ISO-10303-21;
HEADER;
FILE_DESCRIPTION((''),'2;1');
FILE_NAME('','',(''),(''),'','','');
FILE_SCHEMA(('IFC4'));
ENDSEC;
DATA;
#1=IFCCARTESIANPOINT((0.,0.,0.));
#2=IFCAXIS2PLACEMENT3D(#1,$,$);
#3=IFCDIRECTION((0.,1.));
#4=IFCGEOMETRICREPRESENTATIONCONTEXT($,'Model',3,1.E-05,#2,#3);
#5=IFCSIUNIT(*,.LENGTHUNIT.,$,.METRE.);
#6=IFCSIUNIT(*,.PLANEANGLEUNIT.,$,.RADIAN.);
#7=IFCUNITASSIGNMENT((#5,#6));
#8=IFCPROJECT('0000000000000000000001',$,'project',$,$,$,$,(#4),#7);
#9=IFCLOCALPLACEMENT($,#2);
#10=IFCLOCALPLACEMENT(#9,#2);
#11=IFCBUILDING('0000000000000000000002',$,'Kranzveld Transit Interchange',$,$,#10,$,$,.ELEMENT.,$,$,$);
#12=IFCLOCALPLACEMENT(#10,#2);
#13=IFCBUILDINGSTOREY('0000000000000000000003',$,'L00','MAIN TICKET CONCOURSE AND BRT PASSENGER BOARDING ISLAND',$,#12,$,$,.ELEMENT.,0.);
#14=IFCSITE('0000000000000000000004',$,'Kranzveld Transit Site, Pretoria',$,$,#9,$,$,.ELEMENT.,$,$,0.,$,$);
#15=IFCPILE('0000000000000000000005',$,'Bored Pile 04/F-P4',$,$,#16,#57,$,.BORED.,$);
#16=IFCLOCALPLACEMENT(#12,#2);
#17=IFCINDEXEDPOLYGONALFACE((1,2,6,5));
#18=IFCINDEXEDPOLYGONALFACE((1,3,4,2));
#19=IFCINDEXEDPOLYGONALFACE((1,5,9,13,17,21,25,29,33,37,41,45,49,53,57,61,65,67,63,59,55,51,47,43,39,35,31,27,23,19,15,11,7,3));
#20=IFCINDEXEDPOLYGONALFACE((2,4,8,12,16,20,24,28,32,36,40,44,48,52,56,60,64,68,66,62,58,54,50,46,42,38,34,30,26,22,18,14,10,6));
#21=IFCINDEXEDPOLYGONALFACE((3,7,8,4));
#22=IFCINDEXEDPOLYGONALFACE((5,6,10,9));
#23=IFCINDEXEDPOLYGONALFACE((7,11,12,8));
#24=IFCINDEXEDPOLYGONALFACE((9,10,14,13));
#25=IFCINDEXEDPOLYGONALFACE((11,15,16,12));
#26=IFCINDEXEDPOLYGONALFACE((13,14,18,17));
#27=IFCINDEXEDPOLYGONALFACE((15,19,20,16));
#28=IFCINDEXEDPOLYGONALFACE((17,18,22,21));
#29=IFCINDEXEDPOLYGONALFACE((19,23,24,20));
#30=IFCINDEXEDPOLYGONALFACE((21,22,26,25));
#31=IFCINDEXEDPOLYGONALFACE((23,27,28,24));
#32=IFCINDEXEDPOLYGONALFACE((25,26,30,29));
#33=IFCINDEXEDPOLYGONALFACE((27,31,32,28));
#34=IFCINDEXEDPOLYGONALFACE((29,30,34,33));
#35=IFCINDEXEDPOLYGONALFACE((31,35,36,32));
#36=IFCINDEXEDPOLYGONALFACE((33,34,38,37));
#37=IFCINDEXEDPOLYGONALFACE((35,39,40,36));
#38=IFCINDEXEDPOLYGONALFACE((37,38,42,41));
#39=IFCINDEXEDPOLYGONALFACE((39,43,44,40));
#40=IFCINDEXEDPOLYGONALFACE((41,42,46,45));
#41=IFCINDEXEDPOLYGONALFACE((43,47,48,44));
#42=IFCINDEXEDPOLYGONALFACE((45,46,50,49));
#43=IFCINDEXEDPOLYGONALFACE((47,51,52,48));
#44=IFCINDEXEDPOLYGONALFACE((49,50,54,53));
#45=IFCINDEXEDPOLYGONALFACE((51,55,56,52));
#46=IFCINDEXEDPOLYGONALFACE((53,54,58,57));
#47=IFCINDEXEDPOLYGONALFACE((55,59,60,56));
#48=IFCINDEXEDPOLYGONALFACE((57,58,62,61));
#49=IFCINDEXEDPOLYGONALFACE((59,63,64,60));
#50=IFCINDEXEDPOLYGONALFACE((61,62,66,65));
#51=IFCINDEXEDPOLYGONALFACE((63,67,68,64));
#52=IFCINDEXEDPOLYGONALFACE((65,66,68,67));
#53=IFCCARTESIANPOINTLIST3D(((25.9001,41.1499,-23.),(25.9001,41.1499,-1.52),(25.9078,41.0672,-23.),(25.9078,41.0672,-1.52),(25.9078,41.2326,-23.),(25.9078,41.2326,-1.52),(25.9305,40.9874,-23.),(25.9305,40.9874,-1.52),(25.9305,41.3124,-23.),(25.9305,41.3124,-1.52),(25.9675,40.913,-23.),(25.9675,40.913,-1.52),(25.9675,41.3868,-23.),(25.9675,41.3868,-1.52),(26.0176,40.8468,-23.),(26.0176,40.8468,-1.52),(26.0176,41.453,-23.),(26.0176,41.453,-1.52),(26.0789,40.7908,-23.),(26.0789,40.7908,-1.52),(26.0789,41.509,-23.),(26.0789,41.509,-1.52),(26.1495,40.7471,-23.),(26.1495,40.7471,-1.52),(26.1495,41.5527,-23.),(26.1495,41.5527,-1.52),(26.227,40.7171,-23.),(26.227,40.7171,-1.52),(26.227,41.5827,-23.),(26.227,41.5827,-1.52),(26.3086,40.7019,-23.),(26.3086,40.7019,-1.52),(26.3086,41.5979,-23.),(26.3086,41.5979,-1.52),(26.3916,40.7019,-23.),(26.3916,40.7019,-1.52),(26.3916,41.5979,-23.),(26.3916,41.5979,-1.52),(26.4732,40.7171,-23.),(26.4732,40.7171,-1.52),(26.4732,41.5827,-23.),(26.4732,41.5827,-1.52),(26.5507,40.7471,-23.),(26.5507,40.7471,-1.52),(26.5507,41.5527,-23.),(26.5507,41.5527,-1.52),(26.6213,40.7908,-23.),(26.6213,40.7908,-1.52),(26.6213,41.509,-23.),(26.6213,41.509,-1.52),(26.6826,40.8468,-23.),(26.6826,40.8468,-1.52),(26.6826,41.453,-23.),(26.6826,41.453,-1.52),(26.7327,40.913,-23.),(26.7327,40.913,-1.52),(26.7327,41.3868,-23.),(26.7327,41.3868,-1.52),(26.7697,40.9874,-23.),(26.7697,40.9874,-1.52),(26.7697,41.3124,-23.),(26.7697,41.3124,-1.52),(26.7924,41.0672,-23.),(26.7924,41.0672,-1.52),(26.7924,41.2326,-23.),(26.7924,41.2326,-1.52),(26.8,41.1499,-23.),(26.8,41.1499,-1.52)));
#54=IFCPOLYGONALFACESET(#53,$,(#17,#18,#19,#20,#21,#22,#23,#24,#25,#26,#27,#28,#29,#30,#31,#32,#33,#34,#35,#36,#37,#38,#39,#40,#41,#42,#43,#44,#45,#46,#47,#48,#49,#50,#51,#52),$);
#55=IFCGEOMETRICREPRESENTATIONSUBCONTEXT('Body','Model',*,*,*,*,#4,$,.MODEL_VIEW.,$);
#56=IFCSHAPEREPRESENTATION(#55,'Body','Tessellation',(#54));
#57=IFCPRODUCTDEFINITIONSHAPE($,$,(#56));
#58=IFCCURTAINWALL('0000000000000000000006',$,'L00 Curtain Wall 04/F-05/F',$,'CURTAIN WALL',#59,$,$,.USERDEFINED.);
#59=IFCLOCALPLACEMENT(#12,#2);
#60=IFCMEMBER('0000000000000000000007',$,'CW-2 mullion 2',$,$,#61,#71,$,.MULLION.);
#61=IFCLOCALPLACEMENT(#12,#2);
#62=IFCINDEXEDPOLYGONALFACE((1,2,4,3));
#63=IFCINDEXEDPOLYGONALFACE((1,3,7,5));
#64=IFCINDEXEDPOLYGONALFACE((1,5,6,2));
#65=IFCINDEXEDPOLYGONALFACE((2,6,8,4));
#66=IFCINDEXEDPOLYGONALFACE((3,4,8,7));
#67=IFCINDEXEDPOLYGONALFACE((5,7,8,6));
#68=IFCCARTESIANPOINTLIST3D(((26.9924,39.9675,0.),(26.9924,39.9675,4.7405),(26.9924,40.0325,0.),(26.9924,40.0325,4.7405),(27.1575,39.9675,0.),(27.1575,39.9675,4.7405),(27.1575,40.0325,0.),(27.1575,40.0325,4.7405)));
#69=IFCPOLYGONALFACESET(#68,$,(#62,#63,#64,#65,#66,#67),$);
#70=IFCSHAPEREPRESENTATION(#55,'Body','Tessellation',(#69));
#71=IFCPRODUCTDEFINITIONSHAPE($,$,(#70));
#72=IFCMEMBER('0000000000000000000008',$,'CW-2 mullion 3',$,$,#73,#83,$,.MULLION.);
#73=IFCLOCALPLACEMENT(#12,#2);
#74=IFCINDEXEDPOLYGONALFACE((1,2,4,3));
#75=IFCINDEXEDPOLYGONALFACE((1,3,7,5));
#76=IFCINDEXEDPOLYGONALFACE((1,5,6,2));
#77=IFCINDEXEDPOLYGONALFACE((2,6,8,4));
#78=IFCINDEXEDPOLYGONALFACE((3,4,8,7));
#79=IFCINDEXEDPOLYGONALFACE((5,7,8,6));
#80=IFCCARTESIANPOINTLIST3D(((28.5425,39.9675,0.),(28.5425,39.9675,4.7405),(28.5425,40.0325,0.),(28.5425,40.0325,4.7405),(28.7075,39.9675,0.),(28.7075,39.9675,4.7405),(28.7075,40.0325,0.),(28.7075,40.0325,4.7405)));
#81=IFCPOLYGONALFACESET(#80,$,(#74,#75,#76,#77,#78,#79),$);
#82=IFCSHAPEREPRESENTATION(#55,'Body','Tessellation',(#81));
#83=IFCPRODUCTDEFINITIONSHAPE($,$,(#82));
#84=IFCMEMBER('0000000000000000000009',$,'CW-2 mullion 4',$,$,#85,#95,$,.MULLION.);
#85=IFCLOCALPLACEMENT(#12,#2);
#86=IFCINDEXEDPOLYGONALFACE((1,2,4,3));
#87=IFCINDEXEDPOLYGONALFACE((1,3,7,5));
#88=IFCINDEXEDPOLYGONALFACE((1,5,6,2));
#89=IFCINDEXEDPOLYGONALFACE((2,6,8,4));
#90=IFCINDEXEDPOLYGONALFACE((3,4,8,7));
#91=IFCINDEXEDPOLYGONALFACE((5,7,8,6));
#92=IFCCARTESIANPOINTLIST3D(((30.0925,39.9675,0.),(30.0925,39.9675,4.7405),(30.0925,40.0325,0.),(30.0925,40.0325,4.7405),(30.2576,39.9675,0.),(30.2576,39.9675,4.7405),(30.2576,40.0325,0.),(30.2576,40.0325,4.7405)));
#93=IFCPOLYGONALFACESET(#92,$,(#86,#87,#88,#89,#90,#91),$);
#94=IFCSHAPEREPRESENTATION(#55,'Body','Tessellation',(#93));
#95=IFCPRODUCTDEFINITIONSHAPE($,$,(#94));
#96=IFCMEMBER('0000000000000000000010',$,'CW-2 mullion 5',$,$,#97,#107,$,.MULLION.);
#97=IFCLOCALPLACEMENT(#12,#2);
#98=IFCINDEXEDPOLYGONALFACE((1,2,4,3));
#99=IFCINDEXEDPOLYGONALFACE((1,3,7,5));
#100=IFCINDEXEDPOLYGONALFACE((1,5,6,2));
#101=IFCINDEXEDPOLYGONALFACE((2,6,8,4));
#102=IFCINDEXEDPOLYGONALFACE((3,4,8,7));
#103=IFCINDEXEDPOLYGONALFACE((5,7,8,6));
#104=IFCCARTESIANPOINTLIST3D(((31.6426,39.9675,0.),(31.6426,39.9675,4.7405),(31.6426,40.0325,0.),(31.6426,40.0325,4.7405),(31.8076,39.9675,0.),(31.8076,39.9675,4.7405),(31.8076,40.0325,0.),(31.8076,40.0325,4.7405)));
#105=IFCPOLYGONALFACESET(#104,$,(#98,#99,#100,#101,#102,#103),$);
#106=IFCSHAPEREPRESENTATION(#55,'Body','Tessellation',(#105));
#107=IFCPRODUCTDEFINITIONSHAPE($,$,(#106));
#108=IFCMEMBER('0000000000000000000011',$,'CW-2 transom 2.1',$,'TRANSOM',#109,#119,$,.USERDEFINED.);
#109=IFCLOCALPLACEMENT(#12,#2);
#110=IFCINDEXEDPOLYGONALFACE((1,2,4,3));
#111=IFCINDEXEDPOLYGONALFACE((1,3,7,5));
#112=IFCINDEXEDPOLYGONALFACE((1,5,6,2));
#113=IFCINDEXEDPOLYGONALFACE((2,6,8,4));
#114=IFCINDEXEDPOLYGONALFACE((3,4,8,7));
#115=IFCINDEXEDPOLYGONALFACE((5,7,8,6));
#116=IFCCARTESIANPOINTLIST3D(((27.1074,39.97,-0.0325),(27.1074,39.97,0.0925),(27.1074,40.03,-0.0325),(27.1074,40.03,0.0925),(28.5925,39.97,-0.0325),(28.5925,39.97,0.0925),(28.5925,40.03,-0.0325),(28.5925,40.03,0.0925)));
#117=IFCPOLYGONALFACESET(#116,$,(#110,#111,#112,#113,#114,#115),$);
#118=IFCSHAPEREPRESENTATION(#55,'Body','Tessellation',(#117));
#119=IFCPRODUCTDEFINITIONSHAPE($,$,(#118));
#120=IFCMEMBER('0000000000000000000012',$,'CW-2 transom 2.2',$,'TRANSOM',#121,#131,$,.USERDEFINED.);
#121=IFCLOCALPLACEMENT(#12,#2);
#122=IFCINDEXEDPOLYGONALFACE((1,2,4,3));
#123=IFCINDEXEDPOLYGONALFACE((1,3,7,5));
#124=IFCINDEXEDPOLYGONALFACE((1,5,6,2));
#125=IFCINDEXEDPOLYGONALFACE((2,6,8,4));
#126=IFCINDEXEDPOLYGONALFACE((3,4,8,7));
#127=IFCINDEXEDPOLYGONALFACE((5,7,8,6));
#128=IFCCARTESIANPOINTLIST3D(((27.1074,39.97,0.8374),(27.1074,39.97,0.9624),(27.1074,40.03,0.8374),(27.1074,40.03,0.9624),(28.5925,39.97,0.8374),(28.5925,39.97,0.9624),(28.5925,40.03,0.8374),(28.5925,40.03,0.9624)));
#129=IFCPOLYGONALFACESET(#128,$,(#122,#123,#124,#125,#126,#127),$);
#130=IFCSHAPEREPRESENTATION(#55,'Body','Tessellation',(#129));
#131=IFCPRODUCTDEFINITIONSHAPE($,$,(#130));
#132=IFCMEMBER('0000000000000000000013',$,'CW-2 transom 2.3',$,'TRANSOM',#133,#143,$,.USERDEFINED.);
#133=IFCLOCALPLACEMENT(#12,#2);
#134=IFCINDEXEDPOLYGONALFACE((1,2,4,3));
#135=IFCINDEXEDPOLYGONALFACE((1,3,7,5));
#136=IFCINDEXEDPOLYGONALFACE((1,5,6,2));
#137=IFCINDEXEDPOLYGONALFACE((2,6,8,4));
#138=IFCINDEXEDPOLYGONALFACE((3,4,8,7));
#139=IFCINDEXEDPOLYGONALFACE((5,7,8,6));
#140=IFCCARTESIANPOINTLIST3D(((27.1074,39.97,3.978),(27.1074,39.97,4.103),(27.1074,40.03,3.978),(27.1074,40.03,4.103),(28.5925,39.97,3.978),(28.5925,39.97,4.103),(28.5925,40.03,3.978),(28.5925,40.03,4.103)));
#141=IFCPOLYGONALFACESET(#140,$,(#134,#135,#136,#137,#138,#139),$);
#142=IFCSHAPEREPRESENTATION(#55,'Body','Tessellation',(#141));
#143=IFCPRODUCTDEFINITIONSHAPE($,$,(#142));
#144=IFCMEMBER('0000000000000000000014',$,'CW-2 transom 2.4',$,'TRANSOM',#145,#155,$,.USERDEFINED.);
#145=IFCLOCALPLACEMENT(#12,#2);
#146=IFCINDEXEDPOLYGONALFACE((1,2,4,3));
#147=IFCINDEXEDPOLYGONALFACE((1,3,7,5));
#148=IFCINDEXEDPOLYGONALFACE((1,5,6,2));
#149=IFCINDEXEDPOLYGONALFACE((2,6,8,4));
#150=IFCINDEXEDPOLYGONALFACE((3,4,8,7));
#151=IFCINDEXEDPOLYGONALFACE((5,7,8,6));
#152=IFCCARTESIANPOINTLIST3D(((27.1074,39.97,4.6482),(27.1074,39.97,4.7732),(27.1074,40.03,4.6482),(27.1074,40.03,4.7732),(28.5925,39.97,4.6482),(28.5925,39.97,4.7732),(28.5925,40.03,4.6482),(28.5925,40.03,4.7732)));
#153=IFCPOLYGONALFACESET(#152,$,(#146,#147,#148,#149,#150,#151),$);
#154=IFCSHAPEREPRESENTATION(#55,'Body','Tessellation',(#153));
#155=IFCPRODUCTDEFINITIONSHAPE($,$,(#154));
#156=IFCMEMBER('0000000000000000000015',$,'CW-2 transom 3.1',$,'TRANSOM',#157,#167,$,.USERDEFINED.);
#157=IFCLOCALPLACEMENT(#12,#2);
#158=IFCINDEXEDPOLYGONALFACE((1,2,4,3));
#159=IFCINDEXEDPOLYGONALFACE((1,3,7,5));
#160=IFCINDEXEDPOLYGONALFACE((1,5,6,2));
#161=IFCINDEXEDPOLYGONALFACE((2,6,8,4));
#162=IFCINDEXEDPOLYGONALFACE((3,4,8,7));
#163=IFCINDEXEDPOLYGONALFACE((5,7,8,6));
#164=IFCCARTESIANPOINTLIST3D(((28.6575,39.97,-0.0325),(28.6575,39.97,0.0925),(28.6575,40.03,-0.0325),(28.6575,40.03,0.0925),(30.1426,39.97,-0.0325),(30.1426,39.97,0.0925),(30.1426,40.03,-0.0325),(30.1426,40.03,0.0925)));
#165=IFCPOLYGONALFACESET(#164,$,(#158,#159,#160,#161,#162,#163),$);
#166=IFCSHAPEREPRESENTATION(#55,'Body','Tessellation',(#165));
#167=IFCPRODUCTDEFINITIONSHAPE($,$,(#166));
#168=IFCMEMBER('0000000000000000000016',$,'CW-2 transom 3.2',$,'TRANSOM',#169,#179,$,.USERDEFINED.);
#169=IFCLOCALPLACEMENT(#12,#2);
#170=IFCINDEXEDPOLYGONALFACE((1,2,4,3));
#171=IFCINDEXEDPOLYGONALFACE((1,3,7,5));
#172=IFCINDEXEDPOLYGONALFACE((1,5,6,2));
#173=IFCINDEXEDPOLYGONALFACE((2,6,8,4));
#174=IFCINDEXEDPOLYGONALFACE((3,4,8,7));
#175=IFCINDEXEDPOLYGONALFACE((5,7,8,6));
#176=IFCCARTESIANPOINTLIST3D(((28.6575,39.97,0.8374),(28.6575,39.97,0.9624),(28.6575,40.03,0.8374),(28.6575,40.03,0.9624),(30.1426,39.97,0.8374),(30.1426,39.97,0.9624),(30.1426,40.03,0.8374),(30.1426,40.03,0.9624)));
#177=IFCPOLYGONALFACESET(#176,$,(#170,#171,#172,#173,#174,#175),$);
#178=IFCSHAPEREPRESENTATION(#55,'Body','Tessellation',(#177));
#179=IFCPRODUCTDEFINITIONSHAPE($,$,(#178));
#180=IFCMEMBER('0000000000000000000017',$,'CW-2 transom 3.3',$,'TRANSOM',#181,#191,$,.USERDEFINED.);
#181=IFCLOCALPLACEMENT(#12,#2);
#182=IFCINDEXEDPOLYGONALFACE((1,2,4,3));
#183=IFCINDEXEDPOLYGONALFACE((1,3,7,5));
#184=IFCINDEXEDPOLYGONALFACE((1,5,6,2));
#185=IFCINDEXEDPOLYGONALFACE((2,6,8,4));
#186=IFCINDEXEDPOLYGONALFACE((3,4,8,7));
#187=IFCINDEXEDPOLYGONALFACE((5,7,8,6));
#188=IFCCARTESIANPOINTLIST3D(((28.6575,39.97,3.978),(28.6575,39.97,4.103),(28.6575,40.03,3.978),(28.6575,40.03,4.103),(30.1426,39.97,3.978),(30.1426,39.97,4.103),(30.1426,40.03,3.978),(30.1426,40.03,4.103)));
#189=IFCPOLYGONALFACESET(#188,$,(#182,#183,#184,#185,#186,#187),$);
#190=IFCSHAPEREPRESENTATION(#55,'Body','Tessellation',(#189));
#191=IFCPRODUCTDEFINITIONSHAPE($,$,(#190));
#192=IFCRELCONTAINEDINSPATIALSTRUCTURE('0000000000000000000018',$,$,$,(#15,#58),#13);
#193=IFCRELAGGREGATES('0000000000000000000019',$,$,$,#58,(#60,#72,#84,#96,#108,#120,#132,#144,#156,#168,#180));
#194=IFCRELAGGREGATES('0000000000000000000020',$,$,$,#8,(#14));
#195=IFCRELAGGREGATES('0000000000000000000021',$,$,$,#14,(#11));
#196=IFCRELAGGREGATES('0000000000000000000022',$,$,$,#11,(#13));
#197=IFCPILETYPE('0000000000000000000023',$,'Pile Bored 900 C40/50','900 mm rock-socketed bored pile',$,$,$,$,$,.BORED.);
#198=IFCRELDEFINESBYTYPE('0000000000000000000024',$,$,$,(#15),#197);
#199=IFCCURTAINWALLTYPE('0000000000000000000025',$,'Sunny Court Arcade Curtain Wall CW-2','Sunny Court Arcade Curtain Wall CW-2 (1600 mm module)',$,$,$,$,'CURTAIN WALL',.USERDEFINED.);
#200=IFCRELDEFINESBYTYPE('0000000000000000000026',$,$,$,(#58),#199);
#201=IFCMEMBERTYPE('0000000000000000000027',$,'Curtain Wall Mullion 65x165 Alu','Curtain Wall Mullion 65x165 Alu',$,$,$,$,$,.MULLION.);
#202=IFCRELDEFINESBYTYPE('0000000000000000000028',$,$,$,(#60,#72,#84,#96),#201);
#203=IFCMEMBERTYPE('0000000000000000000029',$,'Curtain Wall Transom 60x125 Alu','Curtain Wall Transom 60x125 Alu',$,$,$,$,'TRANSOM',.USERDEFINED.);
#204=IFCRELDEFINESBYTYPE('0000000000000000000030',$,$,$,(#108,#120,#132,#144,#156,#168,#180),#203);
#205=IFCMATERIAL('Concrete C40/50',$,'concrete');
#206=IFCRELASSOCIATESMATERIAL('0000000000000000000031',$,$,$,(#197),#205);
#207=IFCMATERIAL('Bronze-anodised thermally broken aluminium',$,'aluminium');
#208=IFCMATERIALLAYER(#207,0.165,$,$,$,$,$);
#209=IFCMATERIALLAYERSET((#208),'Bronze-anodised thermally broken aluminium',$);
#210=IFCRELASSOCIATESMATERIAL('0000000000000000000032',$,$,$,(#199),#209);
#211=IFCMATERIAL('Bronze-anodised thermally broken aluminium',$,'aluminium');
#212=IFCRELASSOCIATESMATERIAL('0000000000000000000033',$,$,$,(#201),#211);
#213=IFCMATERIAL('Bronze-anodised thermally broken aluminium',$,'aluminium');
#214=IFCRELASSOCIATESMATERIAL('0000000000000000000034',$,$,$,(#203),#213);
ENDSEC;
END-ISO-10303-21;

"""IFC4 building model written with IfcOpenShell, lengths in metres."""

from ifc_helpers import new_model, si_unit, direction, frame, origin, origin_2d, place, context, subcontext, project, spatial, rectangle, circle, extrude, material, layer, layer_set, material_profile, profile_set, type_object, element, aggregate, save


model = new_model("IFC4")

# Units and contexts
model_context = context("Model", 3, precision=1e-05, world=origin(), true_north=direction((0.0, 1.0)))
body_context = subcontext(model_context, "Body", "Model", "MODEL_VIEW")
ifc_project = project(units=[si_unit("LENGTHUNIT", "METRE"), si_unit("PLANEANGLEUNIT", "RADIAN")], contexts=[model_context])

# Site, building, storey
site_placement = place(None, origin())
site = spatial("IfcSite", under=ifc_project, at=site_placement, Name="Kranzveld Transit Site, Pretoria", CompositionType="ELEMENT", RefElevation=0.0)
building_placement = place(site_placement, origin())
building = spatial("IfcBuilding", under=site, at=building_placement, Name="Kranzveld Transit Interchange", CompositionType="ELEMENT")
storey_placement = place(building_placement, origin())
storey = spatial("IfcBuildingStorey", under=building, at=storey_placement, Name="L00", Description="MAIN TICKET CONCOURSE AND BRT PASSENGER BOARDING ISLAND", CompositionType="ELEMENT", Elevation=0.0)

# Pile
ifc_material_1 = material(Name="Concrete C40/50", Category="concrete")
ifc_material_profile_1 = material_profile(ifc_material_1, circle(Radius=0.45, at=origin_2d()), Name="BORED PILE 900")
ifc_profile_set_1 = profile_set([ifc_material_profile_1], Name="Concrete C40/50")
pile_type = type_object("IfcPileType", Name="Pile Bored 900 C40/50", Description="900 mm rock-socketed bored pile", PredefinedType="BORED", material=ifc_profile_set_1)
pile_placement = place(storey_placement, frame((26.3501, 41.1499, -1.52), z_axis=(0.0, 0.0, -1.0), x_axis=(1.0, 0.0, 0.0)))
element("IfcPile", 1, at=pile_placement, inside=storey, type_object=pile_type, Name="Bored Pile 04/F-P4", PredefinedType="BORED", context=body_context, shape_type="SweptSolid", body=[
    extrude(circle(Radius=0.45, at=origin_2d()), origin(), (0.0, 0.0, 1.0), 21.48),
])

# Curtain wall, members
ifc_material_2 = material(Name="Bronze-anodised thermally broken aluminium", Category="aluminium")
ifc_layer_1 = layer(ifc_material_2, 0.165)
ifc_layer_set_1 = layer_set([ifc_layer_1], Name="Bronze-anodised thermally broken aluminium")
curtain_wall_type = type_object("IfcCurtainWallType", Name="Sunny Court Arcade Curtain Wall CW-2", Description="Sunny Court Arcade Curtain Wall CW-2 (1600 mm module)", ElementType="CURTAIN WALL", PredefinedType="USERDEFINED", material=ifc_layer_set_1)
curtain_wall_placement = place(storey_placement, origin())
curtain_wall = element("IfcCurtainWall", 2, at=curtain_wall_placement, inside=storey, type_object=curtain_wall_type, Name="L00 Curtain Wall 04/F-05/F", ObjectType="CURTAIN WALL", PredefinedType="USERDEFINED")
ifc_material_3 = material(Name="Bronze-anodised thermally broken aluminium", Category="aluminium")
ifc_material_profile_2 = material_profile(ifc_material_3, rectangle(XDim=0.0649, YDim=0.165, at=origin_2d()), Name="ALU MULLION 65x165")
ifc_profile_set_2 = profile_set([ifc_material_profile_2], Name="Bronze-anodised thermally broken aluminium")
member_type_1 = type_object("IfcMemberType", Name="Curtain Wall Mullion 65x165 Alu", Description="Curtain Wall Mullion 65x165 Alu", PredefinedType="MULLION", material=ifc_profile_set_2)
member_1_placement = place(storey_placement, frame((27.075, 40.0, 0.0), z_axis=(0.0, 0.0, 1.0), x_axis=(0.0, 1.0, 0.0)))
member_1 = element("IfcMember", 3, at=member_1_placement, type_object=member_type_1, Name="CW-2 mullion 2", PredefinedType="MULLION", context=body_context, shape_type="SweptSolid", body=[
    extrude(rectangle(XDim=0.0649, YDim=0.165, at=origin_2d()), origin(), (0.0, 0.0, 1.0), 4.7405),
])
member_2_placement = place(storey_placement, frame((28.625, 40.0, 0.0), z_axis=(0.0, 0.0, 1.0), x_axis=(0.0, 1.0, 0.0)))
member_2 = element("IfcMember", 4, at=member_2_placement, type_object=member_type_1, Name="CW-2 mullion 3", PredefinedType="MULLION", context=body_context, shape_type="SweptSolid", body=[
    extrude(rectangle(XDim=0.0649, YDim=0.165, at=origin_2d()), origin(), (0.0, 0.0, 1.0), 4.7405),
])
member_3_placement = place(storey_placement, frame((30.175, 40.0, 0.0), z_axis=(0.0, 0.0, 1.0), x_axis=(0.0, 1.0, 0.0)))
member_3 = element("IfcMember", 5, at=member_3_placement, type_object=member_type_1, Name="CW-2 mullion 4", PredefinedType="MULLION", context=body_context, shape_type="SweptSolid", body=[
    extrude(rectangle(XDim=0.0649, YDim=0.165, at=origin_2d()), origin(), (0.0, 0.0, 1.0), 4.7405),
])
member_4_placement = place(storey_placement, frame((31.7251, 40.0, 0.0), z_axis=(0.0, 0.0, 1.0), x_axis=(0.0, 1.0, 0.0)))
member_4 = element("IfcMember", 6, at=member_4_placement, type_object=member_type_1, Name="CW-2 mullion 5", PredefinedType="MULLION", context=body_context, shape_type="SweptSolid", body=[
    extrude(rectangle(XDim=0.0649, YDim=0.165, at=origin_2d()), origin(), (0.0, 0.0, 1.0), 4.7405),
])
ifc_material_4 = material(Name="Bronze-anodised thermally broken aluminium", Category="aluminium")
ifc_material_profile_3 = material_profile(ifc_material_4, rectangle(XDim=0.0601, YDim=0.125, at=origin_2d()), Name="ALU TRANSOM 60x125")
ifc_profile_set_3 = profile_set([ifc_material_profile_3], Name="Bronze-anodised thermally broken aluminium")
member_type_2 = type_object("IfcMemberType", Name="Curtain Wall Transom 60x125 Alu", Description="Curtain Wall Transom 60x125 Alu", ElementType="TRANSOM", PredefinedType="USERDEFINED", material=ifc_profile_set_3)
member_5_placement = place(storey_placement, frame((27.1074, 40.0, 0.03), z_axis=(1.0, 0.0, 0.0), x_axis=(0.0, 1.0, 0.0)))
member_5 = element("IfcMember", 7, at=member_5_placement, type_object=member_type_2, Name="CW-2 transom 2.1", ObjectType="TRANSOM", PredefinedType="USERDEFINED", context=body_context, shape_type="SweptSolid", body=[
    extrude(rectangle(XDim=0.0601, YDim=0.125, at=origin_2d()), origin(), (0.0, 0.0, 1.0), 1.4851),
])
member_6_placement = place(storey_placement, frame((27.1074, 40.0, 0.8999), z_axis=(1.0, 0.0, 0.0), x_axis=(0.0, 1.0, 0.0)))
member_6 = element("IfcMember", 8, at=member_6_placement, type_object=member_type_2, Name="CW-2 transom 2.2", ObjectType="TRANSOM", PredefinedType="USERDEFINED", context=body_context, shape_type="SweptSolid", body=[
    extrude(rectangle(XDim=0.0601, YDim=0.125, at=origin_2d()), origin(), (0.0, 0.0, 1.0), 1.4851),
])
member_7_placement = place(storey_placement, frame((27.1074, 40.0, 4.0405), z_axis=(1.0, 0.0, 0.0), x_axis=(0.0, 1.0, 0.0)))
member_7 = element("IfcMember", 9, at=member_7_placement, type_object=member_type_2, Name="CW-2 transom 2.3", ObjectType="TRANSOM", PredefinedType="USERDEFINED", context=body_context, shape_type="SweptSolid", body=[
    extrude(rectangle(XDim=0.0601, YDim=0.125, at=origin_2d()), origin(), (0.0, 0.0, 1.0), 1.4851),
])
member_8_placement = place(storey_placement, frame((27.1074, 40.0, 4.7107), z_axis=(1.0, 0.0, 0.0), x_axis=(0.0, 1.0, 0.0)))
member_8 = element("IfcMember", 10, at=member_8_placement, type_object=member_type_2, Name="CW-2 transom 2.4", ObjectType="TRANSOM", PredefinedType="USERDEFINED", context=body_context, shape_type="SweptSolid", body=[
    extrude(rectangle(XDim=0.0601, YDim=0.125, at=origin_2d()), origin(), (0.0, 0.0, 1.0), 1.4851),
])
member_9_placement = place(storey_placement, frame((28.6575, 40.0, 0.03), z_axis=(1.0, 0.0, 0.0), x_axis=(0.0, 1.0, 0.0)))
member_9 = element("IfcMember", 11, at=member_9_placement, type_object=member_type_2, Name="CW-2 transom 3.1", ObjectType="TRANSOM", PredefinedType="USERDEFINED", context=body_context, shape_type="SweptSolid", body=[
    extrude(rectangle(XDim=0.0601, YDim=0.125, at=origin_2d()), origin(), (0.0, 0.0, 1.0), 1.4851),
])
member_10_placement = place(storey_placement, frame((28.6575, 40.0, 0.8999), z_axis=(1.0, 0.0, 0.0), x_axis=(0.0, 1.0, 0.0)))
member_10 = element("IfcMember", 12, at=member_10_placement, type_object=member_type_2, Name="CW-2 transom 3.2", ObjectType="TRANSOM", PredefinedType="USERDEFINED", context=body_context, shape_type="SweptSolid", body=[
    extrude(rectangle(XDim=0.0601, YDim=0.125, at=origin_2d()), origin(), (0.0, 0.0, 1.0), 1.4851),
])
member_11_placement = place(storey_placement, frame((28.6575, 40.0, 4.0405), z_axis=(1.0, 0.0, 0.0), x_axis=(0.0, 1.0, 0.0)))
member_11 = element("IfcMember", 13, at=member_11_placement, type_object=member_type_2, Name="CW-2 transom 3.3", ObjectType="TRANSOM", PredefinedType="USERDEFINED", context=body_context, shape_type="SweptSolid", body=[
    extrude(rectangle(XDim=0.0601, YDim=0.125, at=origin_2d()), origin(), (0.0, 0.0, 1.0), 1.4851),
])

aggregate(curtain_wall, [member_1, member_2, member_3, member_4, member_5, member_6, member_7, member_8, member_9, member_10, member_11])

save(model, "model.ifc")
